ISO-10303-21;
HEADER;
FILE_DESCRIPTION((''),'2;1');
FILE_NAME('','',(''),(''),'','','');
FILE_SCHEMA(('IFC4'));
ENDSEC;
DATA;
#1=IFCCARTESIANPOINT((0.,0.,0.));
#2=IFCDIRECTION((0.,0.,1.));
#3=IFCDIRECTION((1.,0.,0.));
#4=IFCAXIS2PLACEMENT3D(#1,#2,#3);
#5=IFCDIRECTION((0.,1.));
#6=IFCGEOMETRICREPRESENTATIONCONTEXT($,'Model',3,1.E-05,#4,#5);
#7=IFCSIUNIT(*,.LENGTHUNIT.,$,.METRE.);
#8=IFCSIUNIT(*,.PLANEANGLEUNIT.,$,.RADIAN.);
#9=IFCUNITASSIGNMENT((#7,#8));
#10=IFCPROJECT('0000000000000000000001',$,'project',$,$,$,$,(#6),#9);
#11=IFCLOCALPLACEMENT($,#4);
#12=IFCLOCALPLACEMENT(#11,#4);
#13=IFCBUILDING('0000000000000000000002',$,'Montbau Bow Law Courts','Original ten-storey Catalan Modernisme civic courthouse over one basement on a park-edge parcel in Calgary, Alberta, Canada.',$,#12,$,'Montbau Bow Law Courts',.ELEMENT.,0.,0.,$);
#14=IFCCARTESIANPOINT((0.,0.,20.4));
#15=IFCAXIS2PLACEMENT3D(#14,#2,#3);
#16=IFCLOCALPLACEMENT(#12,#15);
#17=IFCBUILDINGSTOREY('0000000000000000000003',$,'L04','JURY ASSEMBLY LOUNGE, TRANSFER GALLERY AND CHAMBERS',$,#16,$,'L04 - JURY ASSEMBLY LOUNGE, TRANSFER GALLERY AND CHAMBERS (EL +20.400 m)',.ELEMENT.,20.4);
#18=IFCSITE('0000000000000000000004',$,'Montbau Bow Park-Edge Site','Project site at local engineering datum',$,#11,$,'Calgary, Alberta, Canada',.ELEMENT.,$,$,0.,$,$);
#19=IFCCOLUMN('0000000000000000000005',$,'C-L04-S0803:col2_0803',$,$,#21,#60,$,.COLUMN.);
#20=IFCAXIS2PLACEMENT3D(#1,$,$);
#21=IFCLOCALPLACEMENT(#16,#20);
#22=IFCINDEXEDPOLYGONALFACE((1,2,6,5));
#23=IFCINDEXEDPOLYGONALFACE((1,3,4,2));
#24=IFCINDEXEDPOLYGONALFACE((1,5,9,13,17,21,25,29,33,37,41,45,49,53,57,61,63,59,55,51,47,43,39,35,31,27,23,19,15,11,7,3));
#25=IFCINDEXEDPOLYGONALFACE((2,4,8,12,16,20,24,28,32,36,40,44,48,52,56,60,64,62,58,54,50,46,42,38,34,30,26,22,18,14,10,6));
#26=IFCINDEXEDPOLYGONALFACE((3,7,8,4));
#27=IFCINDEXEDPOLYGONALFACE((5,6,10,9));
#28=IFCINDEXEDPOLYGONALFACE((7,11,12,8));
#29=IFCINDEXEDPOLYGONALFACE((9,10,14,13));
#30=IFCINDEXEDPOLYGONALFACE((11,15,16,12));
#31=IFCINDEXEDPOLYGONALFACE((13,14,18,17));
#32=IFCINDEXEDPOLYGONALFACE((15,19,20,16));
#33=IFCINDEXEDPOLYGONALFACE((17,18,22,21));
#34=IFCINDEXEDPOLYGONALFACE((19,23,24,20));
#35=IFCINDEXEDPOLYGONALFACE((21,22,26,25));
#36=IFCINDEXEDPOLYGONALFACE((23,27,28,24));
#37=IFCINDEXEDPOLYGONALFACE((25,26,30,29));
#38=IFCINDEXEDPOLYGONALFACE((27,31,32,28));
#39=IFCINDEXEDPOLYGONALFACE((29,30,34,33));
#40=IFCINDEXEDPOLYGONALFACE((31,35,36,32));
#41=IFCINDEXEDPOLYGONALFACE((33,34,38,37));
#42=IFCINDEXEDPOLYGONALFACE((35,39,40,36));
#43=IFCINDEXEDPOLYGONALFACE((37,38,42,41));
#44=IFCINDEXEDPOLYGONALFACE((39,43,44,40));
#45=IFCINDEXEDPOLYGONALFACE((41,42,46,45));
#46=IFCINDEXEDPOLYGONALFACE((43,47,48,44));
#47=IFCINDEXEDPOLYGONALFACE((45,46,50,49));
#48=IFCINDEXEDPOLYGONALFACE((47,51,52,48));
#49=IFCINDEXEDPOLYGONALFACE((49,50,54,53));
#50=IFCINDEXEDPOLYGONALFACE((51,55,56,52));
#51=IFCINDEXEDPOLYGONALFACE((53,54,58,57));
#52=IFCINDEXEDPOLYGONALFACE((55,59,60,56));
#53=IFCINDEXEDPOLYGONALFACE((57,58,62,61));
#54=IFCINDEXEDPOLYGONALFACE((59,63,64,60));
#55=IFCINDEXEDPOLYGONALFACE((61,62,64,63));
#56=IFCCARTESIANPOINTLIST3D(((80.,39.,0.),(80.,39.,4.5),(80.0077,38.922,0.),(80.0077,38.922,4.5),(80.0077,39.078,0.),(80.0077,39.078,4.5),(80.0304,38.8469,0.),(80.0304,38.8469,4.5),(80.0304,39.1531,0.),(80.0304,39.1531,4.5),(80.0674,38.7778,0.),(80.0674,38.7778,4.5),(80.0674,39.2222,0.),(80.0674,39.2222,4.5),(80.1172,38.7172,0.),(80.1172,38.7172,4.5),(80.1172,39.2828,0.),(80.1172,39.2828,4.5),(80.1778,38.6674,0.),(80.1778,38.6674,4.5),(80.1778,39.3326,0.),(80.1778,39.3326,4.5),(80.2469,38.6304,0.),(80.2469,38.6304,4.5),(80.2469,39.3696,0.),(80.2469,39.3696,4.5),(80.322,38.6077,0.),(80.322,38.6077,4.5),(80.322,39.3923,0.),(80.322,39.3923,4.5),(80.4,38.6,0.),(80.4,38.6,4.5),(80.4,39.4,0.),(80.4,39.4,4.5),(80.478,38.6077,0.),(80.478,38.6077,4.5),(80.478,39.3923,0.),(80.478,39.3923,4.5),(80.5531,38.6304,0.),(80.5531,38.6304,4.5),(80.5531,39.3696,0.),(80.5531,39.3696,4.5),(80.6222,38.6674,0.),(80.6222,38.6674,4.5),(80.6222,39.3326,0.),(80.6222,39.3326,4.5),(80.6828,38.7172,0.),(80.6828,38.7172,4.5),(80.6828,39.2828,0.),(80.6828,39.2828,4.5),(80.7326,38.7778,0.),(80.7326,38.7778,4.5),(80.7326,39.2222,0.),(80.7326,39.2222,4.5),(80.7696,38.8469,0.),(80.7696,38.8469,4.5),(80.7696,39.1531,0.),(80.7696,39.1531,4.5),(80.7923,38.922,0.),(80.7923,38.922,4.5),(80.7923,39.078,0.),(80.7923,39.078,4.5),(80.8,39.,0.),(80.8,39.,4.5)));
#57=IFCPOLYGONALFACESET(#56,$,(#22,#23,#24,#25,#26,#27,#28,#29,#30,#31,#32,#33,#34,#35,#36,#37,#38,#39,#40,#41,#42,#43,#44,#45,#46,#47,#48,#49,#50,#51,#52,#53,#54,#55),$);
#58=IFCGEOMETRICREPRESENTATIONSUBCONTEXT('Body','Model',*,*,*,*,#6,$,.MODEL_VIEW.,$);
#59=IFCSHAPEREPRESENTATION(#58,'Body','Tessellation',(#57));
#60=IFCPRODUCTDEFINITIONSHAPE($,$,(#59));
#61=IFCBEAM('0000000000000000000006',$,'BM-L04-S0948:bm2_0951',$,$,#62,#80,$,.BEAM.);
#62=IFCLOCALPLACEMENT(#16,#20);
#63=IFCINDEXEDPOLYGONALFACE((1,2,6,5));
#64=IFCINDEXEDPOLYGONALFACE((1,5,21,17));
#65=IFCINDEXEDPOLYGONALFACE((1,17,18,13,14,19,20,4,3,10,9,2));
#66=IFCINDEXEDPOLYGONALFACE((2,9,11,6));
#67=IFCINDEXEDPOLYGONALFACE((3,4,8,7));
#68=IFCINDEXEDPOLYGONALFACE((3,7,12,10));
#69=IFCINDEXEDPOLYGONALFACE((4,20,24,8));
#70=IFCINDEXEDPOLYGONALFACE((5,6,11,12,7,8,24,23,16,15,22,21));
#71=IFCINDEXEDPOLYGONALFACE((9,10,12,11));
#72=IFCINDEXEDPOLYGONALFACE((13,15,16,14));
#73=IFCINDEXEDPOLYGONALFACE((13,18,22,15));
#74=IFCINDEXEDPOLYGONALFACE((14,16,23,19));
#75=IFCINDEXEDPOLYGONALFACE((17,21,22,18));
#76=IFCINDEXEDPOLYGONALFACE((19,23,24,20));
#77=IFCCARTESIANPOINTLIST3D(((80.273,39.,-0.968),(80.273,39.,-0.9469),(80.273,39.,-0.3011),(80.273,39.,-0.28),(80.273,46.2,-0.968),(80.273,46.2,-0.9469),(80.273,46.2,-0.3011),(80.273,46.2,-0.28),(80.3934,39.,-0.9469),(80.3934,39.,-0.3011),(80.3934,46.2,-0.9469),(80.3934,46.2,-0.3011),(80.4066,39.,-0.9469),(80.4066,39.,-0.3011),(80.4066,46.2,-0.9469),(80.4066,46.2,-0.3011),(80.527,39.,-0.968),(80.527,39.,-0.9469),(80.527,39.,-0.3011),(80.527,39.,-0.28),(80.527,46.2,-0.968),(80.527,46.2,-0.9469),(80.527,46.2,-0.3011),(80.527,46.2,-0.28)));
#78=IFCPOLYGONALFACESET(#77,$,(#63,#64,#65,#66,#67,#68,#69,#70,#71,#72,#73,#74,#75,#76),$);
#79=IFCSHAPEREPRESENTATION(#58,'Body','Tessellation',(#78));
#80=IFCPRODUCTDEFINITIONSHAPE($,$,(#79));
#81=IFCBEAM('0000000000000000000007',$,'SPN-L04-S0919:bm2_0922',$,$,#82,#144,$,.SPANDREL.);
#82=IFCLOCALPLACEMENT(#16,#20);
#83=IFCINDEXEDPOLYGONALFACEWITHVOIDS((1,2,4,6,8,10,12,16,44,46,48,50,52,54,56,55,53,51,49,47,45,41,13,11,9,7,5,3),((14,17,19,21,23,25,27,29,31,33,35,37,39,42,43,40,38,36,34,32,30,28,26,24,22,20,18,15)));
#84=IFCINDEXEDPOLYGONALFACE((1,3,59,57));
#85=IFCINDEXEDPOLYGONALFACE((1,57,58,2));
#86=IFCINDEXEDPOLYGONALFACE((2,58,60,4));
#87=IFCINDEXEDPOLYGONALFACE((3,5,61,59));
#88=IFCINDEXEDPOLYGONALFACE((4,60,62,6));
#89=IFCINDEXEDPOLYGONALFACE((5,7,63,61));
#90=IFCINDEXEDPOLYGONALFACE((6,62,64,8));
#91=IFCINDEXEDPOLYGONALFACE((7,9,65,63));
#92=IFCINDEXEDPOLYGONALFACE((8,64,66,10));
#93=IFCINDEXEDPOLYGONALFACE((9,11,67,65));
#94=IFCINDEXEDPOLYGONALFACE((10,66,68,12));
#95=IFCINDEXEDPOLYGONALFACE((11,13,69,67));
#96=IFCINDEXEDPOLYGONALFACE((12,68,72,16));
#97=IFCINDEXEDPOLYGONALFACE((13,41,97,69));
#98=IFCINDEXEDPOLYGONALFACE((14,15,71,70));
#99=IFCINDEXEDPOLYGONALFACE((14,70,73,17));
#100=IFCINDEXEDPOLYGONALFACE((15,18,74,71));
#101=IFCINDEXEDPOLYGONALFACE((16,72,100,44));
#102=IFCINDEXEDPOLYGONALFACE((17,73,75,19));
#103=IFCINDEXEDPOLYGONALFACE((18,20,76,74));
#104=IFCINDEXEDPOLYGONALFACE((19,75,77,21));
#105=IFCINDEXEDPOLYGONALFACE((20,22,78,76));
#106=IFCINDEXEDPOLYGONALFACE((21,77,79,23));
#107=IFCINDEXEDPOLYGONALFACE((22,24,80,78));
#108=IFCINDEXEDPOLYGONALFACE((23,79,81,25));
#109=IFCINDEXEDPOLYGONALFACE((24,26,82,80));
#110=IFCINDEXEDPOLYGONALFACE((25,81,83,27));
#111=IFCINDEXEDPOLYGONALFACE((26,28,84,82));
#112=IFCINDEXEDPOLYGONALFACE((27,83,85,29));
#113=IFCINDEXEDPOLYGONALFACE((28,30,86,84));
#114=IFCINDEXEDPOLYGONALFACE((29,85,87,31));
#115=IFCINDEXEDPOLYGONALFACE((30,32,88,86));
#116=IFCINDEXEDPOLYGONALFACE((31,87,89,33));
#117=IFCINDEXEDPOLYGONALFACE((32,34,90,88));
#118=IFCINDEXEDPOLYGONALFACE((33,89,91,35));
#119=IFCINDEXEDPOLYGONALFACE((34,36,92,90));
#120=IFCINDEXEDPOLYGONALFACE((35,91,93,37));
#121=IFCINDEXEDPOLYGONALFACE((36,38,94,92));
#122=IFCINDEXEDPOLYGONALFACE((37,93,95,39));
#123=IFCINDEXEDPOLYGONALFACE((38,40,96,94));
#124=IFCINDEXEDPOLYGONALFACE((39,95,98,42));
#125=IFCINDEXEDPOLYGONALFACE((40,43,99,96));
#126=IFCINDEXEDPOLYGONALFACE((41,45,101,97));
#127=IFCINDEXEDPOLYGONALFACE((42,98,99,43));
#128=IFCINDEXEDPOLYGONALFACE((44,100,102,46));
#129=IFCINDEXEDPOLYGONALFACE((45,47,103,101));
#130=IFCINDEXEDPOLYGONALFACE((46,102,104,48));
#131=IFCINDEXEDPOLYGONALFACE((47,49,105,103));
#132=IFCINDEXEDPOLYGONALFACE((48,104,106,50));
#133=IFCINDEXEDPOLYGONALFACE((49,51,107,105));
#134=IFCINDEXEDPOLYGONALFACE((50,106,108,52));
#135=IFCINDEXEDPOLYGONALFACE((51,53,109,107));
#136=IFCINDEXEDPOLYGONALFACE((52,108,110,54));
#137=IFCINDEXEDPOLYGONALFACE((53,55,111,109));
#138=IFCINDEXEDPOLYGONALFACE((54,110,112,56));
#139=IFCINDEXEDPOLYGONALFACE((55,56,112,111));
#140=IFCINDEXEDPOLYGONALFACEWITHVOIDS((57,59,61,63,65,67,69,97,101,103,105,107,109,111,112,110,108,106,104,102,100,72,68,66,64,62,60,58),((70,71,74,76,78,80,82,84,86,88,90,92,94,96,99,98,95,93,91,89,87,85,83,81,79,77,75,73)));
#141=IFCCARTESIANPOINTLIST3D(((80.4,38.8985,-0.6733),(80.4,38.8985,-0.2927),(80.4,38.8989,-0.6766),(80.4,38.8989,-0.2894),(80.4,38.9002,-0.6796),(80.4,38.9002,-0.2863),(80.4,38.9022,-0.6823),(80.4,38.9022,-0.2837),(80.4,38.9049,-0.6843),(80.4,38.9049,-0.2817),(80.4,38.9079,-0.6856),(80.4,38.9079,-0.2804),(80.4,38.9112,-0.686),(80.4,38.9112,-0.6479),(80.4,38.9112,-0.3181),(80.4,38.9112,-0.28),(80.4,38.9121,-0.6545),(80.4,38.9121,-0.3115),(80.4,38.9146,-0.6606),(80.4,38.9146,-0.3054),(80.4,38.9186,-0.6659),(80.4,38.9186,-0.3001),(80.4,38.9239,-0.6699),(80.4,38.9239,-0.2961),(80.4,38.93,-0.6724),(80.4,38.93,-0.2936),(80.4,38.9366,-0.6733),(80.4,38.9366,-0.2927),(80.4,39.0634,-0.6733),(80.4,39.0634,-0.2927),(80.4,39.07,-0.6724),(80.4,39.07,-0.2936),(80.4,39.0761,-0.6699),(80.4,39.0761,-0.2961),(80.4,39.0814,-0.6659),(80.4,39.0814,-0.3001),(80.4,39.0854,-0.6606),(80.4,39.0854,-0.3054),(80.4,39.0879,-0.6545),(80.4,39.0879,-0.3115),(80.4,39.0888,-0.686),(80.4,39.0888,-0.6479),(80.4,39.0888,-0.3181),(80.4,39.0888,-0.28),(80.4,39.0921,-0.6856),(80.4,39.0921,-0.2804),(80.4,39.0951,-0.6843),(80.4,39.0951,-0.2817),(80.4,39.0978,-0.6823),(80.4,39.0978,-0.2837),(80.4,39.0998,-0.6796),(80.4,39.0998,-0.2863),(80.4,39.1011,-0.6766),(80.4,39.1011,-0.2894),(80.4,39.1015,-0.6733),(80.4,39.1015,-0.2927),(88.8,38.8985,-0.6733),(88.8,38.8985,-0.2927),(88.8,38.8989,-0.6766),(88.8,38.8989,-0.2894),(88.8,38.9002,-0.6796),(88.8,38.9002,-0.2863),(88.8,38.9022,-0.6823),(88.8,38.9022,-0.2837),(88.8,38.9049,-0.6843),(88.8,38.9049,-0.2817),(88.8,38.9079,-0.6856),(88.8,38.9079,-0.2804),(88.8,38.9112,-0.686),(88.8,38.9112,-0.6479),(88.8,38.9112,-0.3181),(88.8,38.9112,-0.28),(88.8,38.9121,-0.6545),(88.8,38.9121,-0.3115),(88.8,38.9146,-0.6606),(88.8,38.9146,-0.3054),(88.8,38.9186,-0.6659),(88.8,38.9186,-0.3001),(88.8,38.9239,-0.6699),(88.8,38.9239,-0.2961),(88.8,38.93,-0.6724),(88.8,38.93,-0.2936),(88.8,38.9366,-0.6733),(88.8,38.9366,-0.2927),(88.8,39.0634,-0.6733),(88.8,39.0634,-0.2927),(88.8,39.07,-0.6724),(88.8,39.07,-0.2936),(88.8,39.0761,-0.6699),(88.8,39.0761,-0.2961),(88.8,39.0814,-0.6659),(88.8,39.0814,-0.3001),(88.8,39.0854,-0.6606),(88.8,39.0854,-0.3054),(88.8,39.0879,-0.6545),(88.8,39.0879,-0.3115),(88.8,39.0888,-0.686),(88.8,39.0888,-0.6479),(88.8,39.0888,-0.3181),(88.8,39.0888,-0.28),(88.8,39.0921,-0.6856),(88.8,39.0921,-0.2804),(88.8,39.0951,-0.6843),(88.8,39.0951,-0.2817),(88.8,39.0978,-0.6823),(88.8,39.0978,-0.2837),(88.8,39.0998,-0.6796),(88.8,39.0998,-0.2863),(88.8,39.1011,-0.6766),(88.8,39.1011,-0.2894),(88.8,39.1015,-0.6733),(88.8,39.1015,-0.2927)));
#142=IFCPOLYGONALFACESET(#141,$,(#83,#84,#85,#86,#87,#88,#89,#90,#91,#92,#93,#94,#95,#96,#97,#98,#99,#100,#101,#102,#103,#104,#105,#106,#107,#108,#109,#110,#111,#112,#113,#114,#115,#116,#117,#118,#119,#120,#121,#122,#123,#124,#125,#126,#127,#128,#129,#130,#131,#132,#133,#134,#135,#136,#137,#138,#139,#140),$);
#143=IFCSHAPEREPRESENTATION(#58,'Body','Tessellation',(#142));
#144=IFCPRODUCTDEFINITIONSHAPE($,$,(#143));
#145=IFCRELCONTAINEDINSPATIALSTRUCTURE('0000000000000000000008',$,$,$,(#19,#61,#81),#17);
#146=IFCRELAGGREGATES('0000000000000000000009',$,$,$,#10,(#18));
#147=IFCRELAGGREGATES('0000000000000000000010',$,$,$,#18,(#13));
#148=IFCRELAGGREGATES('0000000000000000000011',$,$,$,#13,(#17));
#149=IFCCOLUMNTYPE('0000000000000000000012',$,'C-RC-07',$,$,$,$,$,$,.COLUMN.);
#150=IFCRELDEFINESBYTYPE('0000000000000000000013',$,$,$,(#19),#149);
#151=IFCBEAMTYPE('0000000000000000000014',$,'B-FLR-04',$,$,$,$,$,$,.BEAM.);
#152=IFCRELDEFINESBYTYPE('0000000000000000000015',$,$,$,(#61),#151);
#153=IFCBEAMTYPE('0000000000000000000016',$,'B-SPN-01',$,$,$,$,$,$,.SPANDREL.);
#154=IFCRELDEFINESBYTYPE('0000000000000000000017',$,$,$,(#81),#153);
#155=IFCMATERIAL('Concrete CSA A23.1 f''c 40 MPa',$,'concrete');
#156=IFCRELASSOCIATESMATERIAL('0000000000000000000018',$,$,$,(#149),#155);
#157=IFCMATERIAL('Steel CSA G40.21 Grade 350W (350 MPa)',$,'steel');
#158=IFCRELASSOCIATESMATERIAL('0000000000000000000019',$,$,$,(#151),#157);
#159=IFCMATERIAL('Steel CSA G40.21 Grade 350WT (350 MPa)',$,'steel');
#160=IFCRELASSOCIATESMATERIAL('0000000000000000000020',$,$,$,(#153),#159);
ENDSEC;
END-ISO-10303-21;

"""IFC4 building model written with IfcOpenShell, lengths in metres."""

from ifc_helpers import new_model, si_unit, direction, frame, origin_with_axes, origin_2d_with_axis, place, context, subcontext, project, spatial, hollow_rectangle, circle, i_section, extrude, material, material_profile, profile_set, type_object, element, save


model = new_model("IFC4")

# Units and contexts
model_context = context("Model", 3, precision=1e-05, world=origin_with_axes(), true_north=direction((0.0, 1.0)))
body_context = subcontext(model_context, "Body", "Model", "MODEL_VIEW")
ifc_project = project(units=[si_unit("LENGTHUNIT", "METRE"), si_unit("PLANEANGLEUNIT", "RADIAN")], contexts=[model_context])

# Site, building, storey
site_placement = place(None, origin_with_axes())
site = spatial("IfcSite", under=ifc_project, at=site_placement, Name="Montbau Bow Park-Edge Site", Description="Project site at local engineering datum", LongName="Calgary, Alberta, Canada", CompositionType="ELEMENT", RefElevation=0.0)
building_placement = place(site_placement, origin_with_axes())
building = spatial("IfcBuilding", under=site, at=building_placement, Name="Montbau Bow Law Courts", Description="Original ten-storey Catalan Modernisme civic courthouse over one basement on a park-edge parcel in Calgary, Alberta, Canada.", LongName="Montbau Bow Law Courts", CompositionType="ELEMENT", ElevationOfRefHeight=0.0, ElevationOfTerrain=0.0)
storey_placement = place(building_placement, frame((0.0, 0.0, 20.4), z_axis=(0.0, 0.0, 1.0), x_axis=(1.0, 0.0, 0.0)))
storey = spatial("IfcBuildingStorey", under=building, at=storey_placement, Name="L04", Description="JURY ASSEMBLY LOUNGE, TRANSFER GALLERY AND CHAMBERS", LongName="L04 - JURY ASSEMBLY LOUNGE, TRANSFER GALLERY AND CHAMBERS (EL +20.400 m)", CompositionType="ELEMENT", Elevation=20.4)

# Column
ifc_material_1 = material(Name="Concrete CSA A23.1 f'c 40 MPa", Category="concrete")
ifc_material_profile_1 = material_profile(ifc_material_1, circle(Radius=0.4, at=origin_2d_with_axis()), Name="RC800D", Category="Main", Priority=0)
ifc_profile_set_1 = profile_set([ifc_material_profile_1], Name="Concrete CSA A23.1 f'c 40 MPa")
column_type = type_object("IfcColumnType", Name="C-RC-07", PredefinedType="COLUMN", material=ifc_profile_set_1)
column_placement = place(None, frame((80.4, 39.0, 20.4), z_axis=(0.0, 0.0, 1.0), x_axis=(1.0, 0.0, 0.0)))
element("IfcColumn", 1, at=column_placement, inside=storey, type_object=column_type, Name="C-L04-S0803:col2_0803", PredefinedType="COLUMN", context=body_context, shape_type="SweptSolid", body=[
    extrude(circle(Radius=0.4, at=origin_2d_with_axis()), origin_with_axes(), (0.0, 0.0, 1.0), 4.5),
])

# Beams
ifc_material_2 = material(Name="Steel CSA G40.21 Grade 350W (350 MPa)", Category="steel")
ifc_material_profile_2 = material_profile(ifc_material_2, i_section(OverallWidth=0.254, OverallDepth=0.688, WebThickness=0.0131, FlangeThickness=0.0211, at=origin_2d_with_axis()), Name="W690X152", Category="Main", Priority=0)
ifc_profile_set_2 = profile_set([ifc_material_profile_2], Name="Steel CSA G40.21 Grade 350W (350 MPa)")
beam_type_1 = type_object("IfcBeamType", Name="B-FLR-04", PredefinedType="BEAM", material=ifc_profile_set_2)
beam_1_placement = place(None, frame((80.4, 39.0, 19.776), z_axis=(0.0, 1.0, 0.0), x_axis=(-1.0, 0.0, 0.0)))
element("IfcBeam", 2, at=beam_1_placement, inside=storey, type_object=beam_type_1, Name="BM-L04-S0948:bm2_0951", PredefinedType="BEAM", context=body_context, shape_type="SweptSolid", body=[
    extrude(i_section(OverallWidth=0.254, OverallDepth=0.688, WebThickness=0.0131, FlangeThickness=0.0211, at=origin_2d_with_axis()), origin_with_axes(), (0.0, 0.0, 1.0), 7.2),
])
ifc_material_3 = material(Name="Steel CSA G40.21 Grade 350WT (350 MPa)", Category="steel")
ifc_material_profile_3 = material_profile(ifc_material_3, hollow_rectangle(XDim=0.203, YDim=0.406, WallThickness=0.0127, InnerFilletRadius=0.0254, OuterFilletRadius=0.0127, at=origin_2d_with_axis()), Name="HSS406X203X13", Category="Main", Priority=0)
ifc_profile_set_3 = profile_set([ifc_material_profile_3], Name="Steel CSA G40.21 Grade 350WT (350 MPa)")
beam_type_2 = type_object("IfcBeamType", Name="B-SPN-01", PredefinedType="SPANDREL", material=ifc_profile_set_3)
beam_2_placement = place(None, frame((80.4, 39.0, 19.917), z_axis=(1.0, 0.0, 0.0), x_axis=(0.0, 1.0, 0.0)))
element("IfcBeam", 3, at=beam_2_placement, inside=storey, type_object=beam_type_2, Name="SPN-L04-S0919:bm2_0922", PredefinedType="SPANDREL", context=body_context, shape_type="SweptSolid", body=[
    extrude(hollow_rectangle(XDim=0.203, YDim=0.406, WallThickness=0.0127, InnerFilletRadius=0.0254, OuterFilletRadius=0.0127, at=origin_2d_with_axis()), origin_with_axes(), (0.0, 0.0, 1.0), 8.4),
])

save(model, "model.ifc")
